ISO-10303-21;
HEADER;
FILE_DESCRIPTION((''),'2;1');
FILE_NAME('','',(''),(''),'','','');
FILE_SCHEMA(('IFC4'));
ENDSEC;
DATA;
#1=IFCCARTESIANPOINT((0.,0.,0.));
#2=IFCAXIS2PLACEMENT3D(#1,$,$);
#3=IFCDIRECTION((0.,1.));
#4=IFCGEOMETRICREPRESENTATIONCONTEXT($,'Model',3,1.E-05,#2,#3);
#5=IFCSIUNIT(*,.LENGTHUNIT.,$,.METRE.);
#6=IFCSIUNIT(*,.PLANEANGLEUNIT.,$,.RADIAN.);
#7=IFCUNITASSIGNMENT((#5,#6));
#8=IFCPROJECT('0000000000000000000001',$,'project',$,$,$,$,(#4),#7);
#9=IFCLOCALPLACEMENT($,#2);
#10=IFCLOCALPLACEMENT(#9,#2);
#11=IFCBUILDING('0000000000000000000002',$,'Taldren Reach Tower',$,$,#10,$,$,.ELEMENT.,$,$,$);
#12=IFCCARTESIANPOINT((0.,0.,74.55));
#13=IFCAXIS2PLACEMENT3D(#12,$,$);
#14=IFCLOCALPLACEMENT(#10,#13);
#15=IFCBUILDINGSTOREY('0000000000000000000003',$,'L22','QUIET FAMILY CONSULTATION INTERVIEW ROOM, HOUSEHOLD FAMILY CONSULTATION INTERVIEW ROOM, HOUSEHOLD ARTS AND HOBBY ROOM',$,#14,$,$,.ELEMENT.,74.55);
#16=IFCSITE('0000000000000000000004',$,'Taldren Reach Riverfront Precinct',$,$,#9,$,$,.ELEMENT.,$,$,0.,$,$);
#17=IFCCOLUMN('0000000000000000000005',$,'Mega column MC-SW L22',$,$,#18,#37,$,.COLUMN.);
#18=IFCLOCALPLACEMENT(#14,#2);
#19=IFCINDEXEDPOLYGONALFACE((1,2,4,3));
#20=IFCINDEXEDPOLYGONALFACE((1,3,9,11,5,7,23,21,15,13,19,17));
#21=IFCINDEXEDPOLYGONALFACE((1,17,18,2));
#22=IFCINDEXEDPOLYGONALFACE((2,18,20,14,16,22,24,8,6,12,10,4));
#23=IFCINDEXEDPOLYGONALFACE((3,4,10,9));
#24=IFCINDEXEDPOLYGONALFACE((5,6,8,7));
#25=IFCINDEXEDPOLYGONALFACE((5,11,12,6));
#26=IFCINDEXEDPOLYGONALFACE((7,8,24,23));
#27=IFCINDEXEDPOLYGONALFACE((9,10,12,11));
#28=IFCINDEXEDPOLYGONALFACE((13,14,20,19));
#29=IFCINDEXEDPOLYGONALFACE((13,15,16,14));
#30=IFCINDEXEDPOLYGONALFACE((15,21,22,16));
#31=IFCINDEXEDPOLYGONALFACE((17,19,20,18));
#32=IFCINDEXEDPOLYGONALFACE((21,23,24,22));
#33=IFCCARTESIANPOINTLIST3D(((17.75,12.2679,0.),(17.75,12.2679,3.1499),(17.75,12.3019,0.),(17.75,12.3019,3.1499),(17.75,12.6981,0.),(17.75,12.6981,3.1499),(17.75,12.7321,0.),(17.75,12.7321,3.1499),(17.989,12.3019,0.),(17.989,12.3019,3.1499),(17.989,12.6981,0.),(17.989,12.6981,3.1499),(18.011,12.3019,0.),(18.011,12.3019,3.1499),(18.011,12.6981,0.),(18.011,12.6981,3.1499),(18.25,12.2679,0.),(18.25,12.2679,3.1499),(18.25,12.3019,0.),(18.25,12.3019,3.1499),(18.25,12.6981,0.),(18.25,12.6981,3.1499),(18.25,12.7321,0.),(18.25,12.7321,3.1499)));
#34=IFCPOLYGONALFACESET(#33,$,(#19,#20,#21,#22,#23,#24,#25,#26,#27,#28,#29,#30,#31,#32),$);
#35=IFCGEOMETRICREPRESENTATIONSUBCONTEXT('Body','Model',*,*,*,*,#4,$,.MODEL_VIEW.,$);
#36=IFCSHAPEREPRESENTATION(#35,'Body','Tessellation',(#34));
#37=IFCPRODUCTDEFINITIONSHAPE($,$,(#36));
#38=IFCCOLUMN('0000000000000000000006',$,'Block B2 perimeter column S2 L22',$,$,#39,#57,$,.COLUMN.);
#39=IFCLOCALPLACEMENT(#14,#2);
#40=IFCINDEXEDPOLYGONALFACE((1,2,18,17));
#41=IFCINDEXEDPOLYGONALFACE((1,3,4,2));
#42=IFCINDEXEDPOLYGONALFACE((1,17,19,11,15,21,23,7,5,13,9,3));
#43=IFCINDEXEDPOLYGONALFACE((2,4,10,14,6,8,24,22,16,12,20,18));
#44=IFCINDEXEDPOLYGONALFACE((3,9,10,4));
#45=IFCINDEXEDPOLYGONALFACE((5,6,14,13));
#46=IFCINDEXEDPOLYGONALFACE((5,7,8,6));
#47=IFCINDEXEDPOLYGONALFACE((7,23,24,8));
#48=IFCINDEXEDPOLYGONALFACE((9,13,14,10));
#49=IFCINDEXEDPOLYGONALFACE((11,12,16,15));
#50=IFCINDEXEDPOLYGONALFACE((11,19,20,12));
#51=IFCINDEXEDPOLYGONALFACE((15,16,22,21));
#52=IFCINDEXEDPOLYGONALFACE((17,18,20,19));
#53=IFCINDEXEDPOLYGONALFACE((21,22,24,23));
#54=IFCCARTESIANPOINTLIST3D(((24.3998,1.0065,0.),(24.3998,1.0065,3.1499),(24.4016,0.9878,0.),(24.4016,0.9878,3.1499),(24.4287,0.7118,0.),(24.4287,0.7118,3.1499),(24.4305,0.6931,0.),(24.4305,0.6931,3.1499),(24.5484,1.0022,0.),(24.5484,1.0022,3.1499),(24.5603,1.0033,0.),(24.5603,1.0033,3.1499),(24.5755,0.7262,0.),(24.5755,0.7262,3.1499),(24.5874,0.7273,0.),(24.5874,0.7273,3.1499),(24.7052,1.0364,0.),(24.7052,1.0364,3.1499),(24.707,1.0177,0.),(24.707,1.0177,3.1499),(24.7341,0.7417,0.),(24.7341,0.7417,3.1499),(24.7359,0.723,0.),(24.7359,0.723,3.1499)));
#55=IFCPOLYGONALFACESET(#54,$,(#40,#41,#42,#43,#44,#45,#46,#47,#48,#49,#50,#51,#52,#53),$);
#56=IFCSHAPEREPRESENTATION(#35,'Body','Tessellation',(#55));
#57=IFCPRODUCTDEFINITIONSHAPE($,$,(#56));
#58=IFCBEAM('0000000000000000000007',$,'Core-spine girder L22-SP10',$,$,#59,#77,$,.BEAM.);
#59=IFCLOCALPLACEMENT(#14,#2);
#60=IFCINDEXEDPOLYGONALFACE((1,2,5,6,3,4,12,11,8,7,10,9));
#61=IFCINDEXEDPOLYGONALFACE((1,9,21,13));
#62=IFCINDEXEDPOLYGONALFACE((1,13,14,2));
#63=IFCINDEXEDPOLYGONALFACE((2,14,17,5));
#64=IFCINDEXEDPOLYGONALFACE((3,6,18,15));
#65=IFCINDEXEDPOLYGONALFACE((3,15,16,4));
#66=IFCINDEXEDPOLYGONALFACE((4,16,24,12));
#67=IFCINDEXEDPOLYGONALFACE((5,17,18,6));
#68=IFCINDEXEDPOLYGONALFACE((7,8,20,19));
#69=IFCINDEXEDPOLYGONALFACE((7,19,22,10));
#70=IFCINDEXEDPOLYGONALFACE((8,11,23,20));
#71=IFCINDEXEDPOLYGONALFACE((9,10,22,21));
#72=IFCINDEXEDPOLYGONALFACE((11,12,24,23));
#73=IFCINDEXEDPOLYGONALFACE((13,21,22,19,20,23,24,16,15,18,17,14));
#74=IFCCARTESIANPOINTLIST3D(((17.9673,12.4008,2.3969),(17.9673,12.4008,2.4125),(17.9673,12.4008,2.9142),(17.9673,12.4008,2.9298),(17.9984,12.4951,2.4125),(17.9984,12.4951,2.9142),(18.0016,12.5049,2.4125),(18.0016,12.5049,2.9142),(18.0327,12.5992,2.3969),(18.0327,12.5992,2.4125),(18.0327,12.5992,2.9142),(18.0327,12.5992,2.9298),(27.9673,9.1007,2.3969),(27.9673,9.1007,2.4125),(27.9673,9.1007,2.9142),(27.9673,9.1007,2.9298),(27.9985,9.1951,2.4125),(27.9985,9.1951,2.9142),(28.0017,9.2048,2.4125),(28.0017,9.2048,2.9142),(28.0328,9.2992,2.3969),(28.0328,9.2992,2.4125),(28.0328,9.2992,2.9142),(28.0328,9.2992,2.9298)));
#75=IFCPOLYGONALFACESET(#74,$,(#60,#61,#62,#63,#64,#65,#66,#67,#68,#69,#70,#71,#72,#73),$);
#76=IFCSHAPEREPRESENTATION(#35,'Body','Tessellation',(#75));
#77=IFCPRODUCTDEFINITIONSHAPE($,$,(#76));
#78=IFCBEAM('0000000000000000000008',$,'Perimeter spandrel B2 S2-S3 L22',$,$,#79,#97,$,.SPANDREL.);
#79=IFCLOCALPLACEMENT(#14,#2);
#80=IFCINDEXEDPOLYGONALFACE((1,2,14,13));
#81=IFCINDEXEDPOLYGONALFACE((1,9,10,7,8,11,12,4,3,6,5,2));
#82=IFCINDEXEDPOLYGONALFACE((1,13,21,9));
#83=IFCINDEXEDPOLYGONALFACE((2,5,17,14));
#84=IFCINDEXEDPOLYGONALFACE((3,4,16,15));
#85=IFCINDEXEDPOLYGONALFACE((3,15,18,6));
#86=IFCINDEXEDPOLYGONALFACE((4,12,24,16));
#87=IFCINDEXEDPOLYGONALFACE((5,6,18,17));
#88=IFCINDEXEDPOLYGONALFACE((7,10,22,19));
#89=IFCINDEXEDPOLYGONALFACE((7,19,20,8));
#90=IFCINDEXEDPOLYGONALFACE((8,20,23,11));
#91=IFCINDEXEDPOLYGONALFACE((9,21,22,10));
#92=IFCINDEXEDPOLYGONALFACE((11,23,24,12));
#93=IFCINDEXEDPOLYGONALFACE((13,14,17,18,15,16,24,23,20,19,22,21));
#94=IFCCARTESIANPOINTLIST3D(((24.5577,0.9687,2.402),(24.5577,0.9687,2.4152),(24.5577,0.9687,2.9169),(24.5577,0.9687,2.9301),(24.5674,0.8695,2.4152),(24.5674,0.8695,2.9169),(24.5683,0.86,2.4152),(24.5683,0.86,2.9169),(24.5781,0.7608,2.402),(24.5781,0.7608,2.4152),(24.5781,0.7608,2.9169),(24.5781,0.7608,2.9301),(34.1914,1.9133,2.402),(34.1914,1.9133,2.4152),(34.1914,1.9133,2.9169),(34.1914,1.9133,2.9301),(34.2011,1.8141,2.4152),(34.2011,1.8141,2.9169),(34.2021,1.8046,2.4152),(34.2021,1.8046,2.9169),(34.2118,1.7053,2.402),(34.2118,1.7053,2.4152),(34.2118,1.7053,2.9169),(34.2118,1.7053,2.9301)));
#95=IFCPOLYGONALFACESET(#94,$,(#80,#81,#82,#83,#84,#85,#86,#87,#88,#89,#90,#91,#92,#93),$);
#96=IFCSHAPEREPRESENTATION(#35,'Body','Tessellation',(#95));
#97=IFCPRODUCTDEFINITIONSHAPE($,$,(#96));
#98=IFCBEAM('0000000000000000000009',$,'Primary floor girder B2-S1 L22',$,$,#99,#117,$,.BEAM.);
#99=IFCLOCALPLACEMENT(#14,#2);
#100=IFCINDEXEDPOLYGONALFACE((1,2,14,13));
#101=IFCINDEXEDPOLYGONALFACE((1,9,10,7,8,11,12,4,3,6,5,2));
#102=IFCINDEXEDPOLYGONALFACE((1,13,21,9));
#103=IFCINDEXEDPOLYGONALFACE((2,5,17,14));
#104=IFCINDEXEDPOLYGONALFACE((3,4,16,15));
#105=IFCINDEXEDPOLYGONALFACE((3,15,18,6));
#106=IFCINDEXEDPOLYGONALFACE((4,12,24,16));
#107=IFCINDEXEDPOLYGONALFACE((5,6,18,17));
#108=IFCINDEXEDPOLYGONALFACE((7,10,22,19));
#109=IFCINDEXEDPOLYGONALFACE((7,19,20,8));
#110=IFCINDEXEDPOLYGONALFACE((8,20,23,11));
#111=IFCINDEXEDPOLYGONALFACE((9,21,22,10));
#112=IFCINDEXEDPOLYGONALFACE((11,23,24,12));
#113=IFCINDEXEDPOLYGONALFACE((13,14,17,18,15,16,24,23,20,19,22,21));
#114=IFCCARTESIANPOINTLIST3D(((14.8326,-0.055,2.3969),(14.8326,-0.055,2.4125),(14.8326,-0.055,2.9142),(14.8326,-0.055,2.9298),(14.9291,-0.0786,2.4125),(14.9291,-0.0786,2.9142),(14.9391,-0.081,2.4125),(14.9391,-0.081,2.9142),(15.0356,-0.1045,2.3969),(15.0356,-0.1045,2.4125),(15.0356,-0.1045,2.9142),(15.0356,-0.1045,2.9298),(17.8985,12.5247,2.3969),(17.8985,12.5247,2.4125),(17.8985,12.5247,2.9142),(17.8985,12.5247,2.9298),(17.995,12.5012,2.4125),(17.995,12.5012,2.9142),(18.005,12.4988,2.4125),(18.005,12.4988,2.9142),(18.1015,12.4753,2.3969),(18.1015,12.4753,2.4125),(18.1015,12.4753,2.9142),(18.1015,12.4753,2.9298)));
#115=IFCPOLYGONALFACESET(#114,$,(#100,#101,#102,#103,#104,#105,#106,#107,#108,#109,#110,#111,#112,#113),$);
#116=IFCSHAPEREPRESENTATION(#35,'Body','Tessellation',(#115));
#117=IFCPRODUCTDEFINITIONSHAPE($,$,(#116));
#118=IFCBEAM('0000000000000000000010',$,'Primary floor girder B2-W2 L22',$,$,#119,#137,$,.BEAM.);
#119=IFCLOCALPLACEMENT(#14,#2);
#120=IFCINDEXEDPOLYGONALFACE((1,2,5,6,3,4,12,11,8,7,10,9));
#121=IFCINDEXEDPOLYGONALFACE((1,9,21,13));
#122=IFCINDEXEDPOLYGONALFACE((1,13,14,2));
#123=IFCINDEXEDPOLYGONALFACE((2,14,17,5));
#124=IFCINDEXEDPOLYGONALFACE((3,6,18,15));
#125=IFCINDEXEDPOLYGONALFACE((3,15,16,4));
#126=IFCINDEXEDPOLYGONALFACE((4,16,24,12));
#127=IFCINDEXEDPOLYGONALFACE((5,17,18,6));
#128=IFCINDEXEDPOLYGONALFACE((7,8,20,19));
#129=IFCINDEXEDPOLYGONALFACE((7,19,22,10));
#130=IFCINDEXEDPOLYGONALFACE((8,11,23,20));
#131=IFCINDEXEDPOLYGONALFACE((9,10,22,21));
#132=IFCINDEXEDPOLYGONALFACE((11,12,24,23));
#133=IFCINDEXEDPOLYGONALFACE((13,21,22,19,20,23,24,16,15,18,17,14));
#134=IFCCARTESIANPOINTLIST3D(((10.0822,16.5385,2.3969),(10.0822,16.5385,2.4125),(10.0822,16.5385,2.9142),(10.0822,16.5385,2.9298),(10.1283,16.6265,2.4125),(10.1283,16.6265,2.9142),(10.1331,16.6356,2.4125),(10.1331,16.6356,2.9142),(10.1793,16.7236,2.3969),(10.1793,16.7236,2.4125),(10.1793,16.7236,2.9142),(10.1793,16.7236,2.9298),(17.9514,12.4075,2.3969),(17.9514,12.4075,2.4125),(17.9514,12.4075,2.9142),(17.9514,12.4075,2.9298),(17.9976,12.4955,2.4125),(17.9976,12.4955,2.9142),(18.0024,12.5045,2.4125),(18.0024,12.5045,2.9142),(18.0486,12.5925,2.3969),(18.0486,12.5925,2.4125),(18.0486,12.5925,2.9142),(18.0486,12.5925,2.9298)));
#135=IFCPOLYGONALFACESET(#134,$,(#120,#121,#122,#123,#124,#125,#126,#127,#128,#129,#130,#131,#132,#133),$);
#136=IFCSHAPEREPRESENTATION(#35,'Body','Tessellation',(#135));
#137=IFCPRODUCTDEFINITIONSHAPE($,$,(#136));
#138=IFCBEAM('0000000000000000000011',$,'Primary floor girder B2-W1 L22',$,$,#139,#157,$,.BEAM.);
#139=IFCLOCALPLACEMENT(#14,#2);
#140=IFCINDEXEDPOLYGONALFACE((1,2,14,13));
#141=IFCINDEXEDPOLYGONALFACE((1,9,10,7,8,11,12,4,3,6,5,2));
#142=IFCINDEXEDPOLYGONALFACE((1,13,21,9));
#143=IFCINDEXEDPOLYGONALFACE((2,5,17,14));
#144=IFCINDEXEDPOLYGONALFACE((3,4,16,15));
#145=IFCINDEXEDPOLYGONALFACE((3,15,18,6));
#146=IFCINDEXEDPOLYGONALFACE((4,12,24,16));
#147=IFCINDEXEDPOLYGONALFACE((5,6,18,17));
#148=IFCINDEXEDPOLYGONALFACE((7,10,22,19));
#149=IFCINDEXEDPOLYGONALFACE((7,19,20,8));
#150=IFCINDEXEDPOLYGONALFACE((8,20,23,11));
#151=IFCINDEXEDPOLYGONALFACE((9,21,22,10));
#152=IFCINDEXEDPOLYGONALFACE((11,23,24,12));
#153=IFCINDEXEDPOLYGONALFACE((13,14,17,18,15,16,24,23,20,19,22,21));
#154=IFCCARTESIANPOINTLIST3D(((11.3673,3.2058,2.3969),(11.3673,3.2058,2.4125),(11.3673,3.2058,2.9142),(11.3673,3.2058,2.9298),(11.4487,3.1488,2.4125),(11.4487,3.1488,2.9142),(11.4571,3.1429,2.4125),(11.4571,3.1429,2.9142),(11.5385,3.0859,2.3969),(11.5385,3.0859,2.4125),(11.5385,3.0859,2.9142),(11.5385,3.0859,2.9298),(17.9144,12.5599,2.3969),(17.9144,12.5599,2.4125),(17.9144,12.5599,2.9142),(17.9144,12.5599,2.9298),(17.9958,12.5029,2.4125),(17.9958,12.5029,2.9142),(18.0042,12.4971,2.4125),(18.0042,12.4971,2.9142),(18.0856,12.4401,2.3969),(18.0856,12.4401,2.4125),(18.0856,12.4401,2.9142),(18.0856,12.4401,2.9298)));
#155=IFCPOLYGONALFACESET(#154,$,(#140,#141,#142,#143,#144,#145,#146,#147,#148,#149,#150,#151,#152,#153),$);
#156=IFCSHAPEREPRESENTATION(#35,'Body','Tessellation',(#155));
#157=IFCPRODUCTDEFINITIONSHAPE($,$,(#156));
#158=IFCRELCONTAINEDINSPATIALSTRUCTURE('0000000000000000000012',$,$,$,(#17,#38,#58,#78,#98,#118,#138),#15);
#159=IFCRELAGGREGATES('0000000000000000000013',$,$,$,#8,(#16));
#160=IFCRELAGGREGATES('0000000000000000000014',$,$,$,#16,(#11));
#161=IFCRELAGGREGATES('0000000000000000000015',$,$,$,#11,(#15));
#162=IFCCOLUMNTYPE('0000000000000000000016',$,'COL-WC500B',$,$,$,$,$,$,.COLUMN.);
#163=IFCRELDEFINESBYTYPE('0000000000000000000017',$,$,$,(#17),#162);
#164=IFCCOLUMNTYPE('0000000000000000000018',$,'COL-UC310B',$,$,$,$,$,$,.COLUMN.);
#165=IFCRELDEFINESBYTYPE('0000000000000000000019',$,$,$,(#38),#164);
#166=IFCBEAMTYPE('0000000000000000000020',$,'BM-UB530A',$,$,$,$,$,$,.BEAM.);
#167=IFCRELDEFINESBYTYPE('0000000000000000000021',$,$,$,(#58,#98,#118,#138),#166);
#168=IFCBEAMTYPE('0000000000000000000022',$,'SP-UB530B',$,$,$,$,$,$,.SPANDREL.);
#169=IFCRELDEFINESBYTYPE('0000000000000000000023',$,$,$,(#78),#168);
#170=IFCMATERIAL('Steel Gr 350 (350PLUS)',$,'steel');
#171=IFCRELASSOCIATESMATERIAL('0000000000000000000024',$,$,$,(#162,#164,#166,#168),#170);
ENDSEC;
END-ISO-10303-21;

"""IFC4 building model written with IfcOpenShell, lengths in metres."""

from ifc_helpers import new_model, si_unit, direction, frame, origin, origin_2d, place, context, subcontext, project, spatial, i_section, extrude, source, transform, mapped, material, material_profile, profile_set, type_object, element, save


model = new_model("IFC4")

# Units and contexts
model_context = context("Model", 3, precision=1e-05, world=origin(), true_north=direction((0.0, 1.0)))
body_context = subcontext(model_context, "Body", "Model", "MODEL_VIEW")
ifc_project = project(units=[si_unit("LENGTHUNIT", "METRE"), si_unit("PLANEANGLEUNIT", "RADIAN")], contexts=[model_context])

# Site, building, storey
site_placement = place(None, origin())
site = spatial("IfcSite", under=ifc_project, at=site_placement, Name="Taldren Reach Riverfront Precinct", CompositionType="ELEMENT", RefElevation=0.0)
building_placement = place(site_placement, origin())
building = spatial("IfcBuilding", under=site, at=building_placement, Name="Taldren Reach Tower", CompositionType="ELEMENT")
storey_placement = place(building_placement, frame((0.0, 0.0, 74.55)))
storey = spatial("IfcBuildingStorey", under=building, at=storey_placement, Name="L22", Description="QUIET FAMILY CONSULTATION INTERVIEW ROOM, HOUSEHOLD FAMILY CONSULTATION INTERVIEW ROOM, HOUSEHOLD ARTS AND HOBBY ROOM", CompositionType="ELEMENT", Elevation=74.55)

# Columns
ifc_material_1 = material(Name="Steel Gr 350 (350PLUS)", Category="steel")
ifc_material_profile_1 = material_profile(ifc_material_1, i_section(OverallWidth=0.5, OverallDepth=0.4641, WebThickness=0.022, FlangeThickness=0.0339, at=origin_2d()), Name="500WC340")
ifc_profile_set_1 = profile_set([ifc_material_profile_1], Name="Steel Gr 350 (350PLUS)")
column_type_1 = type_object("IfcColumnType", Name="COL-WC500B", PredefinedType="COLUMN", material=ifc_profile_set_1)
shared_shape_1 = source(origin(), body_context, "Body", "SweptSolid", [
    extrude(i_section(OverallWidth=0.5, OverallDepth=0.4641, WebThickness=0.022, FlangeThickness=0.0339, at=origin_2d()), origin(), (0.0, 0.0, 1.0), 3.1499),
])
column_1_placement = place(storey_placement, frame((18.0, 12.5, 0.0), z_axis=(0.0, 0.0, 1.0), x_axis=(1.0, 0.0, 0.0)))
element("IfcColumn", 1, at=column_1_placement, inside=storey, type_object=column_type_1, Name="Mega column MC-SW L22", PredefinedType="COLUMN", context=body_context, shape_type="MappedRepresentation", body=[
    mapped(shared_shape_1, transform((0.0, 0.0, 0.0), scale=1.0)),
])
ifc_material_profile_2 = material_profile(ifc_material_1, i_section(OverallWidth=0.3069, OverallDepth=0.3149, WebThickness=0.012, FlangeThickness=0.0188, at=origin_2d()), Name="310UC118")
ifc_profile_set_2 = profile_set([ifc_material_profile_2], Name="Steel Gr 350 (350PLUS)")
column_type_2 = type_object("IfcColumnType", Name="COL-UC310B", PredefinedType="COLUMN", material=ifc_profile_set_2)
shared_shape_2 = source(origin(), body_context, "Body", "SweptSolid", [
    extrude(i_section(OverallWidth=0.3069, OverallDepth=0.3149, WebThickness=0.012, FlangeThickness=0.0188, at=origin_2d()), origin(), (0.0, 0.0, 1.0), 3.1499),
])
column_2_placement = place(storey_placement, frame((24.5679, 0.8647, 0.0), z_axis=(0.0, 0.0, 1.0), x_axis=(0.995227, 0.097583, 0.0)))
element("IfcColumn", 2, at=column_2_placement, inside=storey, type_object=column_type_2, Name="Block B2 perimeter column S2 L22", PredefinedType="COLUMN", context=body_context, shape_type="MappedRepresentation", body=[
    mapped(shared_shape_2, transform((0.0, 0.0, 0.0), scale=1.0)),
])

# Beams
ifc_material_profile_3 = material_profile(ifc_material_1, i_section(OverallWidth=0.209, OverallDepth=0.533, WebThickness=0.0103, FlangeThickness=0.0156, at=origin_2d()), Name="530UB92.4")
ifc_profile_set_3 = profile_set([ifc_material_profile_3], Name="Steel Gr 350 (350PLUS)")
beam_type_1 = type_object("IfcBeamType", Name="BM-UB530A", PredefinedType="BEAM", material=ifc_profile_set_3)
shared_shape_3 = source(origin(), body_context, "Body", "SweptSolid", [
    extrude(i_section(OverallWidth=0.209, OverallDepth=0.533, WebThickness=0.0103, FlangeThickness=0.0156, at=origin_2d()), origin(), (0.0, 0.0, 1.0), 10.5305),
])
beam_1_placement = place(storey_placement, frame((18.0, 12.5, 2.6633), z_axis=(0.949627, -0.313382, 0.0), x_axis=(0.313382, 0.949627, 0.0)))
element("IfcBeam", 3, at=beam_1_placement, inside=storey, type_object=beam_type_1, Name="Core-spine girder L22-SP10", PredefinedType="BEAM", context=body_context, shape_type="MappedRepresentation", body=[
    mapped(shared_shape_3, transform((0.0, 0.0, 0.0), scale=1.0)),
])
ifc_material_profile_4 = material_profile(ifc_material_1, i_section(OverallWidth=0.209, OverallDepth=0.5281, WebThickness=0.0095, FlangeThickness=0.0132, at=origin_2d()), Name="530UB82.0")
ifc_profile_set_4 = profile_set([ifc_material_profile_4], Name="Steel Gr 350 (350PLUS)")
beam_type_2 = type_object("IfcBeamType", Name="SP-UB530B", PredefinedType="SPANDREL", material=ifc_profile_set_4)
shared_shape_4 = source(origin(), body_context, "Body", "SweptSolid", [
    extrude(i_section(OverallWidth=0.209, OverallDepth=0.5281, WebThickness=0.0095, FlangeThickness=0.0132, at=origin_2d()), origin(), (0.0, 0.0, 1.0), 9.6799),
])
beam_2_placement = place(storey_placement, frame((24.5679, 0.8647, 2.666), z_axis=(0.995228, 0.097581, 0.0), x_axis=(-0.097581, 0.995228, 0.0)))
element("IfcBeam", 4, at=beam_2_placement, inside=storey, type_object=beam_type_2, Name="Perimeter spandrel B2 S2-S3 L22", PredefinedType="SPANDREL", context=body_context, shape_type="MappedRepresentation", body=[
    mapped(shared_shape_4, transform((0.0, 0.0, 0.0), scale=1.0)),
])
shared_shape_5 = source(origin(), body_context, "Body", "SweptSolid", [
    extrude(i_section(OverallWidth=0.209, OverallDepth=0.533, WebThickness=0.0103, FlangeThickness=0.0156, at=origin_2d()), origin(), (0.0, 0.0, 1.0), 12.948),
])
beam_3_placement = place(storey_placement, frame((18.0, 12.5, 2.6633), z_axis=(-0.236786, -0.971562, 0.0), x_axis=(0.971562, -0.236786, 0.0)))
element("IfcBeam", 5, at=beam_3_placement, inside=storey, type_object=beam_type_1, Name="Primary floor girder B2-S1 L22", PredefinedType="BEAM", context=body_context, shape_type="MappedRepresentation", body=[
    mapped(shared_shape_5, transform((0.0, 0.0, 0.0), scale=1.0)),
])
shared_shape_6 = source(origin(), body_context, "Body", "SweptSolid", [
    extrude(i_section(OverallWidth=0.209, OverallDepth=0.533, WebThickness=0.0103, FlangeThickness=0.0156, at=origin_2d()), origin(), (0.0, 0.0, 1.0), 8.8877),
])
beam_4_placement = place(storey_placement, frame((18.0, 12.5, 2.6633), z_axis=(-0.885413, 0.464805, 0.0), x_axis=(-0.464805, -0.885413, 0.0)))
element("IfcBeam", 6, at=beam_4_placement, inside=storey, type_object=beam_type_1, Name="Primary floor girder B2-W2 L22", PredefinedType="BEAM", context=body_context, shape_type="MappedRepresentation", body=[
    mapped(shared_shape_6, transform((0.0, 0.0, 0.0), scale=1.0)),
])
shared_shape_7 = source(origin(), body_context, "Body", "SweptSolid", [
    extrude(i_section(OverallWidth=0.209, OverallDepth=0.533, WebThickness=0.0103, FlangeThickness=0.0156, at=origin_2d()), origin(), (0.0, 0.0, 1.0), 11.4177),
])
beam_5_placement = place(storey_placement, frame((18.0, 12.5, 2.6633), z_axis=(-0.573412, -0.819267, 0.0), x_axis=(0.819267, -0.573412, 0.0)))
element("IfcBeam", 7, at=beam_5_placement, inside=storey, type_object=beam_type_1, Name="Primary floor girder B2-W1 L22", PredefinedType="BEAM", context=body_context, shape_type="MappedRepresentation", body=[
    mapped(shared_shape_7, transform((0.0, 0.0, 0.0), scale=1.0)),
])

save(model, "model.ifc")
